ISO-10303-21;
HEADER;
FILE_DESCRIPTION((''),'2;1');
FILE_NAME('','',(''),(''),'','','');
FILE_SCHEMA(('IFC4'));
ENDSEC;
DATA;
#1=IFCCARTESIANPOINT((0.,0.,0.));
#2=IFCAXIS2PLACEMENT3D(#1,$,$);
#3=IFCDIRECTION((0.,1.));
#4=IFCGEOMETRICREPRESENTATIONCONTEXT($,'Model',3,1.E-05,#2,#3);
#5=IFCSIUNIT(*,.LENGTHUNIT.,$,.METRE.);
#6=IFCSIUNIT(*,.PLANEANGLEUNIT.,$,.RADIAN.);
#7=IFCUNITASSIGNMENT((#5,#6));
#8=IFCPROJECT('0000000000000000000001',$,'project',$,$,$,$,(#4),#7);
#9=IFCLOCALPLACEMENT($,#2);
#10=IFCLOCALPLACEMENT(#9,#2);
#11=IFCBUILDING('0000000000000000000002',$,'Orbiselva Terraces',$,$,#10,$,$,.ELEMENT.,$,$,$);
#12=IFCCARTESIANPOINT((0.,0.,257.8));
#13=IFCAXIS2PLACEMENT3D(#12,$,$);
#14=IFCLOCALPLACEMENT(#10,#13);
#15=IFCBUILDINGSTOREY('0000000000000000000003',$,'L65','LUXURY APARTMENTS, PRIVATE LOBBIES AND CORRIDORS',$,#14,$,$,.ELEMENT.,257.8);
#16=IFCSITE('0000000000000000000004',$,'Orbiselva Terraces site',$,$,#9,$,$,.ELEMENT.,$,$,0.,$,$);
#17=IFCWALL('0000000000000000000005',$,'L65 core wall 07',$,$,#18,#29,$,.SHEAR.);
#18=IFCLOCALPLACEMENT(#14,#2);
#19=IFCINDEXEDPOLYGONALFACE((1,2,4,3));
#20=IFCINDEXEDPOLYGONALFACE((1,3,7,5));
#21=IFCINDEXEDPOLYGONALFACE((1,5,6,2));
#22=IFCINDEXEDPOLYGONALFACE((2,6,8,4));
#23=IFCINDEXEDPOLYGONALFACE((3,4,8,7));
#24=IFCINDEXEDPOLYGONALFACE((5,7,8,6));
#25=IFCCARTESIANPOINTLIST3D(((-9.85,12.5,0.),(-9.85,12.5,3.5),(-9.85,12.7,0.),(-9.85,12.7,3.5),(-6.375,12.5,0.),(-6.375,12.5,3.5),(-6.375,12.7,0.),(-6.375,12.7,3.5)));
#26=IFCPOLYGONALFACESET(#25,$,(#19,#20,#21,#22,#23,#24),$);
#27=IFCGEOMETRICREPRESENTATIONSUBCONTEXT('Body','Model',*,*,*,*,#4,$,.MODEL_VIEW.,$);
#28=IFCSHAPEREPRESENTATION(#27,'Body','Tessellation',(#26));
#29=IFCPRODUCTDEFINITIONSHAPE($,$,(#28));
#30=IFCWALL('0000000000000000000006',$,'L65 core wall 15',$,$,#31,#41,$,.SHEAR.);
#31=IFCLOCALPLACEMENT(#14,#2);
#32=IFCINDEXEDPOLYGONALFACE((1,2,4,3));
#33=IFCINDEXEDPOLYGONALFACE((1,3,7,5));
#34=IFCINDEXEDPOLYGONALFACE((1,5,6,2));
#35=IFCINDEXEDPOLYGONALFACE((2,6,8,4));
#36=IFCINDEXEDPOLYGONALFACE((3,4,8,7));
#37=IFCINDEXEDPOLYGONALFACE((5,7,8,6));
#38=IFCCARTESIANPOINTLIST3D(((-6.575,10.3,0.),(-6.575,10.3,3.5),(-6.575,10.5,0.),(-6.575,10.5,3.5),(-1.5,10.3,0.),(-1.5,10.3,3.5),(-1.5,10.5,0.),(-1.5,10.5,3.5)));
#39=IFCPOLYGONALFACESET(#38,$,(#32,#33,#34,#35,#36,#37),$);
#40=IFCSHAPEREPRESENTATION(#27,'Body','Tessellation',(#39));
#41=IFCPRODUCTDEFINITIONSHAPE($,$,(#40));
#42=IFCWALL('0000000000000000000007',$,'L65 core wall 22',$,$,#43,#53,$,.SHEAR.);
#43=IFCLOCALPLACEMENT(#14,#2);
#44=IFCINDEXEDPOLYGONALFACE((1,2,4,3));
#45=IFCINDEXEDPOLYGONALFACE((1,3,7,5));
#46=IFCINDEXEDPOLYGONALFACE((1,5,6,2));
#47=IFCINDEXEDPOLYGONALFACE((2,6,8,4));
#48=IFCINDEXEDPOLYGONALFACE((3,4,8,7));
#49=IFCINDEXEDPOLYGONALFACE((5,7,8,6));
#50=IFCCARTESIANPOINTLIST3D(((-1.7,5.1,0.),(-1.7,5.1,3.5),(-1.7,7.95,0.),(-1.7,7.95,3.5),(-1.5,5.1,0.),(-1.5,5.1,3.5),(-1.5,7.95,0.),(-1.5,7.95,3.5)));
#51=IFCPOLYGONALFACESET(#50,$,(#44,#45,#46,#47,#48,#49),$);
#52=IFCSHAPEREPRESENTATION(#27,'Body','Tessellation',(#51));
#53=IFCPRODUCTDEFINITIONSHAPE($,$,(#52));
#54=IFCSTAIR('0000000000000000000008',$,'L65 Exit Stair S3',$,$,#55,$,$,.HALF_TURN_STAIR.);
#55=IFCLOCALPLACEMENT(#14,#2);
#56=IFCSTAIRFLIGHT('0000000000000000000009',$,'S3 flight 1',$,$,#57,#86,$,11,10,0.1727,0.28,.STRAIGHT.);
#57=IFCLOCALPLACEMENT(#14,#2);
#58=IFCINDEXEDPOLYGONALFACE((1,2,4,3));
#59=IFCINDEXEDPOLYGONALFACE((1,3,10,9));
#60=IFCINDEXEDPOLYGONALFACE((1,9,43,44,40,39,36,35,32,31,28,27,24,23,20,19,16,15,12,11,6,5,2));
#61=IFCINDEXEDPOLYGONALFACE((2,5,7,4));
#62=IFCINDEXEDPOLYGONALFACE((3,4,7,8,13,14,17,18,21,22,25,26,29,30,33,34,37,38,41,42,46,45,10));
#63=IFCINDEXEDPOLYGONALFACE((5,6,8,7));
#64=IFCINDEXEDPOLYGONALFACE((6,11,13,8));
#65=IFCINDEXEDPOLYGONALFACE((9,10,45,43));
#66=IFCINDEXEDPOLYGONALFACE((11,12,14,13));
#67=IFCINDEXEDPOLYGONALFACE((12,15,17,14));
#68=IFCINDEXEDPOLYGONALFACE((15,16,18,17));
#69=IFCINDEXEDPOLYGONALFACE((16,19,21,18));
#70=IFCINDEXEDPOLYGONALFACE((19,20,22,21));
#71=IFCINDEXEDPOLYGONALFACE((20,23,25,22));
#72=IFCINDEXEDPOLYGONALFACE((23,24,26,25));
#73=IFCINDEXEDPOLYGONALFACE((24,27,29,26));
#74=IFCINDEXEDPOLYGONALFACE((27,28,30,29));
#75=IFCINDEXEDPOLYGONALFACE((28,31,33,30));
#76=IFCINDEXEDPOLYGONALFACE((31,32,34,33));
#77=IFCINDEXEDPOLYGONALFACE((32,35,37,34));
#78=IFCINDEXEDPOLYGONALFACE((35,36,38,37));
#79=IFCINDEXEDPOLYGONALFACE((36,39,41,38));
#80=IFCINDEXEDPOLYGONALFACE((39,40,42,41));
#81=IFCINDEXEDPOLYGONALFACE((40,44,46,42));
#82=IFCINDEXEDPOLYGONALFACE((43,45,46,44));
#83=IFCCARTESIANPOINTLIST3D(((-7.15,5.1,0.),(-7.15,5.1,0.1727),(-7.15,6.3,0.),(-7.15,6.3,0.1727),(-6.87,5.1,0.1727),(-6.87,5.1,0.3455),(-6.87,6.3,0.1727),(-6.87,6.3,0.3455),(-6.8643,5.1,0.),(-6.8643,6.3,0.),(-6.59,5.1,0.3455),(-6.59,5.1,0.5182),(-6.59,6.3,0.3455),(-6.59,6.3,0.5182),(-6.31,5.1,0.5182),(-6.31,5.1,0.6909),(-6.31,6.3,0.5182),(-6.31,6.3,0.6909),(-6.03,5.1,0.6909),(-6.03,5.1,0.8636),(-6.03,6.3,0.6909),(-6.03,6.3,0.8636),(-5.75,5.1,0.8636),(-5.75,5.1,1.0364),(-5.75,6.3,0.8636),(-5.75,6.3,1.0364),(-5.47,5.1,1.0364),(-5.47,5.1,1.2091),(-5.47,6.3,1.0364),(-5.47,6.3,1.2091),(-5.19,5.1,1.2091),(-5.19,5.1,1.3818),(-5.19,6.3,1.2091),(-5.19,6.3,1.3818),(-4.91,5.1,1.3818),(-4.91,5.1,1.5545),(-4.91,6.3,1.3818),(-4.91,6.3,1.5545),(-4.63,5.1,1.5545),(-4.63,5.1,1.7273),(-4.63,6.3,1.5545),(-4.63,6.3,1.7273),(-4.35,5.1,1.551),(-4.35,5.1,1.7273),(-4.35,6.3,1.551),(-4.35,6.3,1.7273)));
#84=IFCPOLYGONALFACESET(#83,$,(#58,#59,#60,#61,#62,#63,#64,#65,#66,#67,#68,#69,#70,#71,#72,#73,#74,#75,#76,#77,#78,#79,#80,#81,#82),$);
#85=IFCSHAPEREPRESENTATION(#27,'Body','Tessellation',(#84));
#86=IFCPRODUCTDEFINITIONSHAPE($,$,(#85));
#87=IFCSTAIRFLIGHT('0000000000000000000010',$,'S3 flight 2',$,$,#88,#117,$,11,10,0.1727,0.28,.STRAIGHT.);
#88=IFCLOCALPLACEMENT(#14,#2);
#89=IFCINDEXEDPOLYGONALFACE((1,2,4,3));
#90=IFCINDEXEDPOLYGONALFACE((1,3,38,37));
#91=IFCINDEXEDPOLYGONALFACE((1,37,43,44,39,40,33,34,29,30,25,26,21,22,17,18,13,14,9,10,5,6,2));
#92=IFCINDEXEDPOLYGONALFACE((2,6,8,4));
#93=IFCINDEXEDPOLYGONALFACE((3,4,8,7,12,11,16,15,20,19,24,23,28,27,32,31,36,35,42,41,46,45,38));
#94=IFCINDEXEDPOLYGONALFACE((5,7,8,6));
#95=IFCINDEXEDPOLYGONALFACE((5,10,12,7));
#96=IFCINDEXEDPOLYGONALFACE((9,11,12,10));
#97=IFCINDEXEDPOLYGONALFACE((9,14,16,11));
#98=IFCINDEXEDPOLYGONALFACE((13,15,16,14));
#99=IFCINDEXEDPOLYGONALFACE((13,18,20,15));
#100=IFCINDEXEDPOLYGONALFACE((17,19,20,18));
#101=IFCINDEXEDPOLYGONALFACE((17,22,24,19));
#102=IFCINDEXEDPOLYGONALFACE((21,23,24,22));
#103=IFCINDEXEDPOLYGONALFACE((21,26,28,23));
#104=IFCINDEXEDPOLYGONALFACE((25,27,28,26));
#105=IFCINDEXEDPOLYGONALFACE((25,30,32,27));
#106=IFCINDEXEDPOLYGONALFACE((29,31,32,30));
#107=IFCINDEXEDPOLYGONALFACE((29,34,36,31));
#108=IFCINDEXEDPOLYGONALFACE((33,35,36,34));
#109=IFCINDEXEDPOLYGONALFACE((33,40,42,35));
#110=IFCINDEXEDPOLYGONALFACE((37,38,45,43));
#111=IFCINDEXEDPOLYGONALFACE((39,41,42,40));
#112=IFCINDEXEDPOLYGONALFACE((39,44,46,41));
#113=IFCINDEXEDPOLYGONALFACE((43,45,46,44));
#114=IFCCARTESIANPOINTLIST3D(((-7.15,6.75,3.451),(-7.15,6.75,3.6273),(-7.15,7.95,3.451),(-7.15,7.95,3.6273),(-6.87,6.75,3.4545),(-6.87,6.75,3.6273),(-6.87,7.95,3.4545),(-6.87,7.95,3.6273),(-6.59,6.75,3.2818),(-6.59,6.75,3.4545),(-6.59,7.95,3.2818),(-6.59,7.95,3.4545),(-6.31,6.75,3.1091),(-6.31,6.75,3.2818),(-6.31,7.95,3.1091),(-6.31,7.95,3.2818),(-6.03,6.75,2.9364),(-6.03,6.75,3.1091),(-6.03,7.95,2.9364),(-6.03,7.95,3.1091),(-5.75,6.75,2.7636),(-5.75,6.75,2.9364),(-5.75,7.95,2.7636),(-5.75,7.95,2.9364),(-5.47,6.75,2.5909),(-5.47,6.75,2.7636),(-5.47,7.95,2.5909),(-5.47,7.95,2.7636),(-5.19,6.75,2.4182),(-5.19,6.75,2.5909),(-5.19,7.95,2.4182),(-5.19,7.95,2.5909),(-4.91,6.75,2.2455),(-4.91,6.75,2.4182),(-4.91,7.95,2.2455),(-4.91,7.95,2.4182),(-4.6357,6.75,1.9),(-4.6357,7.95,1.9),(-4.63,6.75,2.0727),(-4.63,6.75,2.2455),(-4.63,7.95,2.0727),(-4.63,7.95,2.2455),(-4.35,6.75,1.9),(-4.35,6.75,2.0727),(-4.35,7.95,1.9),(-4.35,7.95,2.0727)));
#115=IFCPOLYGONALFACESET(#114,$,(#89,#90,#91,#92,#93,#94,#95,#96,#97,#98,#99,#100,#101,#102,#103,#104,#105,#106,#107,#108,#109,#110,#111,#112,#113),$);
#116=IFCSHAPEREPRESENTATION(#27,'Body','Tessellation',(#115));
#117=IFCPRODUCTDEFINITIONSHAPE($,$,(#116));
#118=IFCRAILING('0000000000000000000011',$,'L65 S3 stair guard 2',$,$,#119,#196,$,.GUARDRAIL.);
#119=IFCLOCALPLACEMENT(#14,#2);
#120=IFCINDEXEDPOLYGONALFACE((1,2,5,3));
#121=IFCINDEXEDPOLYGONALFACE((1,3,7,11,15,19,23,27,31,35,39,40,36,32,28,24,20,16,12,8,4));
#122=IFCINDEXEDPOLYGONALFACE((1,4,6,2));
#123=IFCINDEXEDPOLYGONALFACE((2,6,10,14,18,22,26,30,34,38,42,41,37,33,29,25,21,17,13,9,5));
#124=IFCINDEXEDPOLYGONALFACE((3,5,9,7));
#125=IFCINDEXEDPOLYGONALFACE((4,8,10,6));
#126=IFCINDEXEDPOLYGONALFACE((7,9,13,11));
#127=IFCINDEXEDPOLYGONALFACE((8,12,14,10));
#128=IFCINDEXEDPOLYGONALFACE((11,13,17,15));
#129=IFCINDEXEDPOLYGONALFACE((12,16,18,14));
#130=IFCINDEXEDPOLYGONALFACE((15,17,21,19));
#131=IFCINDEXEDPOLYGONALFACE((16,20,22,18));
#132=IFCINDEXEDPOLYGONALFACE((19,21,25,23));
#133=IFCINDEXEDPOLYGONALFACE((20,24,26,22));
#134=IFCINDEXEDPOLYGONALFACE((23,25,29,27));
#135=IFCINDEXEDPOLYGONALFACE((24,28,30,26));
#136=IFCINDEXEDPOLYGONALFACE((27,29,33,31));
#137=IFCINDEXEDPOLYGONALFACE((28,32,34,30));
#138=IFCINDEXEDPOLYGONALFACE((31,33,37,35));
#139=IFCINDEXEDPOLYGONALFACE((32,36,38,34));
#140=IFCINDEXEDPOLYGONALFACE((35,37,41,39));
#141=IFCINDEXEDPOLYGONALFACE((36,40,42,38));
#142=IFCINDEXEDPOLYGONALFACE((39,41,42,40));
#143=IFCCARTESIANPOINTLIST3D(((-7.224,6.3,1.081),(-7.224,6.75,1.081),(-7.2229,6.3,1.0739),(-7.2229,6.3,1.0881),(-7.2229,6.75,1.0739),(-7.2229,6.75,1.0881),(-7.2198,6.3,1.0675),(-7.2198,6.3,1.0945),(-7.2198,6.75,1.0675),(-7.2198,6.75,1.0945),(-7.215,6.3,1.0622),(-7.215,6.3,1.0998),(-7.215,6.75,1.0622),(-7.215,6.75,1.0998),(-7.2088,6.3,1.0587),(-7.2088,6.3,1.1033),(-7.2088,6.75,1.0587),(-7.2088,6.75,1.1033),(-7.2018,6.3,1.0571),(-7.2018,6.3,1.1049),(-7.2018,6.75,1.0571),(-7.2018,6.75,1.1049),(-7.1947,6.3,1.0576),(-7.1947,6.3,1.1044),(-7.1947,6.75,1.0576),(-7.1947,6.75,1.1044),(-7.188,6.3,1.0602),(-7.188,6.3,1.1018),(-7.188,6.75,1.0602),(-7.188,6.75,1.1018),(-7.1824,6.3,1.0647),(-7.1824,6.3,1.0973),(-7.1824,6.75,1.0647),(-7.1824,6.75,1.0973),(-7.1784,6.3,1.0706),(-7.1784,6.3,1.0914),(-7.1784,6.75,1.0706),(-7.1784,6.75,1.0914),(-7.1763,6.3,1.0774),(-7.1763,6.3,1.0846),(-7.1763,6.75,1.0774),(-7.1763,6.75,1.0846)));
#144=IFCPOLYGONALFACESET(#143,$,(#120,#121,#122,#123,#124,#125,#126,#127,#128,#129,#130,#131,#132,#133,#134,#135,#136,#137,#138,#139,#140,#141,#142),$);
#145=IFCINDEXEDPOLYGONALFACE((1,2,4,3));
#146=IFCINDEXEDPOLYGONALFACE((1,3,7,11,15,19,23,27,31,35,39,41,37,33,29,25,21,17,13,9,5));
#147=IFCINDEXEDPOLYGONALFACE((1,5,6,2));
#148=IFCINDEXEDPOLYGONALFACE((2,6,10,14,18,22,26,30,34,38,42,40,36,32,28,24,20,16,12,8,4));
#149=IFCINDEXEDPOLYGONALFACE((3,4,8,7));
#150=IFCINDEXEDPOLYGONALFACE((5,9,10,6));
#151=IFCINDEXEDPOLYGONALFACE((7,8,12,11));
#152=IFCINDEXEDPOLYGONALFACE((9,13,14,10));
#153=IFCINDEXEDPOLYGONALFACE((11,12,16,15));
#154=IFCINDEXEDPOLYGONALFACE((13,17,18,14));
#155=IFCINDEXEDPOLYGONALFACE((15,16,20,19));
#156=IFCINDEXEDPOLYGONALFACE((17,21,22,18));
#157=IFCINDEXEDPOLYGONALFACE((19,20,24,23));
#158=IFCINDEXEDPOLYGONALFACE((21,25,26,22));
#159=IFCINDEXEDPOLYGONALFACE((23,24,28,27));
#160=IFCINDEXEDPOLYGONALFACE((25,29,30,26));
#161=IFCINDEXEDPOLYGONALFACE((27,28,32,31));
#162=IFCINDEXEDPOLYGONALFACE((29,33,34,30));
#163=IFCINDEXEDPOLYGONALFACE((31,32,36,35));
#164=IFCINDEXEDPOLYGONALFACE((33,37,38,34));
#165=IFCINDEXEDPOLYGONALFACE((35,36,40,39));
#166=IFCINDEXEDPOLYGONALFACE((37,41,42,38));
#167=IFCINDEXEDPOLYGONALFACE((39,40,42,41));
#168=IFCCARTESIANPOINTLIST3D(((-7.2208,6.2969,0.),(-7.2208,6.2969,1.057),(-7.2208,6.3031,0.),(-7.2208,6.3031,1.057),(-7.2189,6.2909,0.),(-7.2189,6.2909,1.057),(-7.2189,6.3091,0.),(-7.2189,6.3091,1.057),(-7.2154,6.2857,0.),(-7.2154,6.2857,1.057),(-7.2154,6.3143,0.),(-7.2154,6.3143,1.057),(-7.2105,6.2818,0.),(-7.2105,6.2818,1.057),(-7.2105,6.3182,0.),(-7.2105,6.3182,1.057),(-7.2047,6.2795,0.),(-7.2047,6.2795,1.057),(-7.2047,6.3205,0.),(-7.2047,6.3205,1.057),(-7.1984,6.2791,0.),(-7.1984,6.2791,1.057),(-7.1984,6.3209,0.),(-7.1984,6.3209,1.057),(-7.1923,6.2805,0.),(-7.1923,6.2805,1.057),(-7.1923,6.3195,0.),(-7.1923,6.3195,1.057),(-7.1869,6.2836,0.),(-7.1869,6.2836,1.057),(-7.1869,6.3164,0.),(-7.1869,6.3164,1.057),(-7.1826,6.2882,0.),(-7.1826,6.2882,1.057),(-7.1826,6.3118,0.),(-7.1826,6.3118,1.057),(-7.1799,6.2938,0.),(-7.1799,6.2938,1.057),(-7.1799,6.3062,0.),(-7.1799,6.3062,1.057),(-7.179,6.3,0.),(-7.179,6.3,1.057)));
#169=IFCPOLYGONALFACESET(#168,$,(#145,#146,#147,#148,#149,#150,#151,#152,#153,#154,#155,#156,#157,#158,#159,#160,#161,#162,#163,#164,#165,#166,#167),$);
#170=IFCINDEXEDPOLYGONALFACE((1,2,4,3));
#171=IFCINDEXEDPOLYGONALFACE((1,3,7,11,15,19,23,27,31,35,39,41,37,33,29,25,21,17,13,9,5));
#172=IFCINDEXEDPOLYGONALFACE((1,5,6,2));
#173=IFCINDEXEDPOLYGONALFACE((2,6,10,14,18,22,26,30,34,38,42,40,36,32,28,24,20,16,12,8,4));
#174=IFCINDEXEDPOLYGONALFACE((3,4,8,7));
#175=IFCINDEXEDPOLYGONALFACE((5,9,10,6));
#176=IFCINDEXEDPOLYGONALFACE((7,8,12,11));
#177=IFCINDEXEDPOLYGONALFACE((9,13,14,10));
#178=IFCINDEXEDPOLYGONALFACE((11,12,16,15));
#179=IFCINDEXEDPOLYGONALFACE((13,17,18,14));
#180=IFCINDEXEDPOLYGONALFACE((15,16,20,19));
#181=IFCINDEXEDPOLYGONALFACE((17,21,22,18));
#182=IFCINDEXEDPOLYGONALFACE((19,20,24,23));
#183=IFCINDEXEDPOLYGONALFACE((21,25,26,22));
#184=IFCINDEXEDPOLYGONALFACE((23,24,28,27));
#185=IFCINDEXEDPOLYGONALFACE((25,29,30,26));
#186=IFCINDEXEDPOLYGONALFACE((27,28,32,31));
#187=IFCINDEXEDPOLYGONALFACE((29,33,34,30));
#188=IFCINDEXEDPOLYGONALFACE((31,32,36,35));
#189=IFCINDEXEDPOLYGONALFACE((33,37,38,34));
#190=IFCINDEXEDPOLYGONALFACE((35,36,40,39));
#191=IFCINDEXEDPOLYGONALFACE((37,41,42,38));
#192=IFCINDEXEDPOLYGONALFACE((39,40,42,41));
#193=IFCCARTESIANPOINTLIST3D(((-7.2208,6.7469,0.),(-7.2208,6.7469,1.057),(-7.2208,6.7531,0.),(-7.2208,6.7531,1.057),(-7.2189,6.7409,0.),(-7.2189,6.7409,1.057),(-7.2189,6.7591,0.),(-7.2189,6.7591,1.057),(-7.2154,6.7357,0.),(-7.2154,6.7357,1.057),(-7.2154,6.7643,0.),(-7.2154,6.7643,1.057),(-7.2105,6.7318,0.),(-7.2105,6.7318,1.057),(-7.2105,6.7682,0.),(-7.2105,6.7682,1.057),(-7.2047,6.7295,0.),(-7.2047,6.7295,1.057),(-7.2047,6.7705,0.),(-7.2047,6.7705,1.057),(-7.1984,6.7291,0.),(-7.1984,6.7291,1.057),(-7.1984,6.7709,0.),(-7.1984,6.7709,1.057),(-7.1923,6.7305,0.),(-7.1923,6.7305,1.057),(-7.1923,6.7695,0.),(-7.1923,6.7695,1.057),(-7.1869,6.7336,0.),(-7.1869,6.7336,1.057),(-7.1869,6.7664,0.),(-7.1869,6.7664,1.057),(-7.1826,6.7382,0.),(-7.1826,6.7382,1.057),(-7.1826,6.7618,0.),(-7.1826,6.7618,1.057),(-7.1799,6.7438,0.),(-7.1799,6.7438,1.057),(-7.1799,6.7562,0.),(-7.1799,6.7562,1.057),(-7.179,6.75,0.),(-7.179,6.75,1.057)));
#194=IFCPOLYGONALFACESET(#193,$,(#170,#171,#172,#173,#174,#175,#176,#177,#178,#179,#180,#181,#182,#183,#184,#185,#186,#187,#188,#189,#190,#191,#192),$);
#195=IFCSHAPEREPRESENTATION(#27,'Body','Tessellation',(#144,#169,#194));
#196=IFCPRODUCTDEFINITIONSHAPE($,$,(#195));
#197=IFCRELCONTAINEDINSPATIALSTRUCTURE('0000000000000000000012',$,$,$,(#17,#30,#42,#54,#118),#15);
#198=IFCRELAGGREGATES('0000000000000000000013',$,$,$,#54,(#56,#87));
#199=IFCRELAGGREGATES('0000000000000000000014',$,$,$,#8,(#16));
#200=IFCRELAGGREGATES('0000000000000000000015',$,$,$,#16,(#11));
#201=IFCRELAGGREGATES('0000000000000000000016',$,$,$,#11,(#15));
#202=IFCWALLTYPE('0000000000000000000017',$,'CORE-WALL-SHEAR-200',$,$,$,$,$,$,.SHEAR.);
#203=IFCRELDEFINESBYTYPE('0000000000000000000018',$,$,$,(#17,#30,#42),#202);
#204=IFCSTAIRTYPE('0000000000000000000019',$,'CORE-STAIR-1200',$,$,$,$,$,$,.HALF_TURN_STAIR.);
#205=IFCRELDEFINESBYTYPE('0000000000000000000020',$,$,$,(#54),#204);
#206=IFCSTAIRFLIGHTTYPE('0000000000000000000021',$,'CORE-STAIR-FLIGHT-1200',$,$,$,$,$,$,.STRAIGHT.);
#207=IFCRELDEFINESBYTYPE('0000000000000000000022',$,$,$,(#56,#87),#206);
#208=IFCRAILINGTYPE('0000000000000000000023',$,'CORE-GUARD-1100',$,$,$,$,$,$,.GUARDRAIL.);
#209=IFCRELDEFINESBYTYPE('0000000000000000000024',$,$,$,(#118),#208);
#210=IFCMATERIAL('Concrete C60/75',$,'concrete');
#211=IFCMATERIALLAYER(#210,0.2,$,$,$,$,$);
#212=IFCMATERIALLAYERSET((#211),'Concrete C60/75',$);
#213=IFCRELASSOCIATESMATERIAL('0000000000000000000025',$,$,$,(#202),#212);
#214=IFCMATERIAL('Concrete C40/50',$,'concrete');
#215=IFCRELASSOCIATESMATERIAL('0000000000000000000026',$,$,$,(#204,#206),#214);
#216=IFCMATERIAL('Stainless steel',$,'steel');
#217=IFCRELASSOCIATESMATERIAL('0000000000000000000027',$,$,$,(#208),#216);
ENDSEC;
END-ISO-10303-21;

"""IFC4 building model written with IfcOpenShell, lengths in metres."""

from ifc_helpers import new_model, si_unit, direction, frame, frame_2d, origin, origin_2d, place, context, subcontext, project, spatial, polyline, rectangle, circle, outline, extrude, material, layer, layer_set, type_object, element, aggregate, save


model = new_model("IFC4")

# Units and contexts
model_context = context("Model", 3, precision=1e-05, world=origin(), true_north=direction((0.0, 1.0)))
body_context = subcontext(model_context, "Body", "Model", "MODEL_VIEW")
ifc_project = project(units=[si_unit("LENGTHUNIT", "METRE"), si_unit("PLANEANGLEUNIT", "RADIAN")], contexts=[model_context])

# Site, building, storey
site_placement = place(None, origin())
site = spatial("IfcSite", under=ifc_project, at=site_placement, Name="Orbiselva Terraces site", CompositionType="ELEMENT", RefElevation=0.0)
building_placement = place(site_placement, origin())
building = spatial("IfcBuilding", under=site, at=building_placement, Name="Orbiselva Terraces", CompositionType="ELEMENT")
storey_placement = place(building_placement, frame((0.0, 0.0, 257.8)))
storey = spatial("IfcBuildingStorey", under=building, at=storey_placement, Name="L65", Description="LUXURY APARTMENTS, PRIVATE LOBBIES AND CORRIDORS", CompositionType="ELEMENT", Elevation=257.8)

# Walls
ifc_material_1 = material(Name="Concrete C60/75", Category="concrete")
ifc_layer_1 = layer(ifc_material_1, 0.2)
ifc_layer_set_1 = layer_set([ifc_layer_1], Name="Concrete C60/75")
wall_type_1 = type_object("IfcWallType", Name="CORE-WALL-SHEAR-200", PredefinedType="SHEAR", material=ifc_layer_set_1)
wall_1_placement = place(storey_placement, frame((-9.85, 12.6, 0.0), z_axis=(0.0, 0.0, 1.0), x_axis=(1.0, 0.0, 0.0)))
element("IfcWall", 1, at=wall_1_placement, inside=storey, type_object=wall_type_1, Name="L65 core wall 07", PredefinedType="SHEAR", context=body_context, shape_type="SweptSolid", body=[
    extrude(rectangle(XDim=3.475, YDim=0.2, at=frame_2d((1.7375, 0.0))), origin(), (0.0, 0.0, 1.0), 3.5),
])
wall_2_placement = place(storey_placement, frame((-6.575, 10.4, 0.0), z_axis=(0.0, 0.0, 1.0), x_axis=(1.0, 0.0, 0.0)))
element("IfcWall", 2, at=wall_2_placement, inside=storey, type_object=wall_type_1, Name="L65 core wall 15", PredefinedType="SHEAR", context=body_context, shape_type="SweptSolid", body=[
    extrude(rectangle(XDim=5.075, YDim=0.2, at=frame_2d((2.5375, 0.0))), origin(), (0.0, 0.0, 1.0), 3.5),
])
wall_3_placement = place(storey_placement, frame((-1.6, 5.1, 0.0), z_axis=(0.0, 0.0, 1.0), x_axis=(0.0, 1.0, 0.0)))
element("IfcWall", 3, at=wall_3_placement, inside=storey, type_object=wall_type_1, Name="L65 core wall 22", PredefinedType="SHEAR", context=body_context, shape_type="SweptSolid", body=[
    extrude(rectangle(XDim=2.85, YDim=0.2, at=frame_2d((1.425, 0.0))), origin(), (0.0, 0.0, 1.0), 3.5),
])

# Stair, stair flights
ifc_material_2 = material(Name="Concrete C40/50", Category="concrete")
stair_type = type_object("IfcStairType", Name="CORE-STAIR-1200", PredefinedType="HALF_TURN_STAIR", material=ifc_material_2)
stair_placement = place(storey_placement, origin())
stair = element("IfcStair", 4, at=stair_placement, inside=storey, type_object=stair_type, Name="L65 Exit Stair S3", PredefinedType="HALF_TURN_STAIR")
stair_flight_type = type_object("IfcStairFlightType", Name="CORE-STAIR-FLIGHT-1200", PredefinedType="STRAIGHT", material=ifc_material_2)
stair_flight_1_placement = place(storey_placement, frame((-7.15, 5.7, 0.0), z_axis=(0.0, 0.0, 1.0), x_axis=(1.0, 0.0, 0.0)))
stair_flight_1 = element("IfcStairFlight", 5, at=stair_flight_1_placement, type_object=stair_flight_type, Name="S3 flight 1", NumberOfRisers=11, NumberOfTreads=10, PredefinedType="STRAIGHT", RiserHeight=0.1727, TreadLength=0.28, context=body_context, shape_type="SweptSolid", body=[
    extrude(outline(polyline([(0.0, 0.0), (0.0, 0.1727), (0.28, 0.1727), (0.28, 0.3455), (0.56, 0.3455), (0.56, 0.5182), (0.84, 0.5182), (0.84, 0.6909), (1.12, 0.6909), (1.12, 0.8636), (1.4, 0.8636), (1.4, 1.0364), (1.68, 1.0364), (1.68, 1.2091), (1.96, 1.2091), (1.96, 1.3818), (2.24, 1.3818), (2.24, 1.5545), (2.52, 1.5545), (2.52, 1.7273), (2.8, 1.7273), (2.8, 1.9), (2.8, 1.551), (0.2857, 0.0), (0.0, 0.0)])), frame((0.0, 0.6, 0.0), z_axis=(0.0, -1.0, 0.0), x_axis=(1.0, 0.0, 0.0)), (0.0, 0.0, 1.0), 1.2),
])
stair_flight_2_placement = place(storey_placement, frame((-4.35, 7.35, 1.9), z_axis=(0.0, 0.0, 1.0), x_axis=(-1.0, 0.0, 0.0)))
stair_flight_2 = element("IfcStairFlight", 6, at=stair_flight_2_placement, type_object=stair_flight_type, Name="S3 flight 2", NumberOfRisers=11, NumberOfTreads=10, PredefinedType="STRAIGHT", RiserHeight=0.1727, TreadLength=0.28, context=body_context, shape_type="SweptSolid", body=[
    extrude(outline(polyline([(0.0, 0.0), (0.0, 0.1727), (0.28, 0.1727), (0.28, 0.3455), (0.56, 0.3455), (0.56, 0.5182), (0.84, 0.5182), (0.84, 0.6909), (1.12, 0.6909), (1.12, 0.8636), (1.4, 0.8636), (1.4, 1.0364), (1.68, 1.0364), (1.68, 1.2091), (1.96, 1.2091), (1.96, 1.3818), (2.24, 1.3818), (2.24, 1.5545), (2.52, 1.5545), (2.52, 1.7273), (2.8, 1.7273), (2.8, 1.9), (2.8, 1.551), (0.2857, 0.0), (0.0, 0.0)])), frame((0.0, 0.6, 0.0), z_axis=(0.0, -1.0, 0.0), x_axis=(1.0, 0.0, 0.0)), (0.0, 0.0, 1.0), 1.2),
])
aggregate(stair, [stair_flight_1, stair_flight_2])

# Railing
ifc_material_3 = material(Name="Stainless steel", Category="steel")
railing_type_1 = type_object("IfcRailingType", Name="CORE-GUARD-1100", PredefinedType="GUARDRAIL", material=ifc_material_3)
railing_1_placement = place(storey_placement, frame((-7.2, 6.3, 0.0)))
element("IfcRailing", 7, at=railing_1_placement, inside=storey, type_object=railing_type_1, Name="L65 S3 stair guard 2", PredefinedType="GUARDRAIL", context=body_context, shape_type="SweptSolid", body=[
    extrude(circle(Radius=0.024, at=origin_2d()), frame((0.0, 0.0, 1.081), z_axis=(0.0, 1.0, 0.0), x_axis=(-1.0, 0.0, 0.0)), (0.0, 0.0, 1.0), 0.45),
    extrude(circle(Radius=0.021, at=origin_2d()), origin(), (0.0, 0.0, 1.0), 1.057),
    extrude(circle(Radius=0.021, at=origin_2d()), frame((0.0, 0.45, 0.0)), (0.0, 0.0, 1.0), 1.057),
])

save(model, "model.ifc")
